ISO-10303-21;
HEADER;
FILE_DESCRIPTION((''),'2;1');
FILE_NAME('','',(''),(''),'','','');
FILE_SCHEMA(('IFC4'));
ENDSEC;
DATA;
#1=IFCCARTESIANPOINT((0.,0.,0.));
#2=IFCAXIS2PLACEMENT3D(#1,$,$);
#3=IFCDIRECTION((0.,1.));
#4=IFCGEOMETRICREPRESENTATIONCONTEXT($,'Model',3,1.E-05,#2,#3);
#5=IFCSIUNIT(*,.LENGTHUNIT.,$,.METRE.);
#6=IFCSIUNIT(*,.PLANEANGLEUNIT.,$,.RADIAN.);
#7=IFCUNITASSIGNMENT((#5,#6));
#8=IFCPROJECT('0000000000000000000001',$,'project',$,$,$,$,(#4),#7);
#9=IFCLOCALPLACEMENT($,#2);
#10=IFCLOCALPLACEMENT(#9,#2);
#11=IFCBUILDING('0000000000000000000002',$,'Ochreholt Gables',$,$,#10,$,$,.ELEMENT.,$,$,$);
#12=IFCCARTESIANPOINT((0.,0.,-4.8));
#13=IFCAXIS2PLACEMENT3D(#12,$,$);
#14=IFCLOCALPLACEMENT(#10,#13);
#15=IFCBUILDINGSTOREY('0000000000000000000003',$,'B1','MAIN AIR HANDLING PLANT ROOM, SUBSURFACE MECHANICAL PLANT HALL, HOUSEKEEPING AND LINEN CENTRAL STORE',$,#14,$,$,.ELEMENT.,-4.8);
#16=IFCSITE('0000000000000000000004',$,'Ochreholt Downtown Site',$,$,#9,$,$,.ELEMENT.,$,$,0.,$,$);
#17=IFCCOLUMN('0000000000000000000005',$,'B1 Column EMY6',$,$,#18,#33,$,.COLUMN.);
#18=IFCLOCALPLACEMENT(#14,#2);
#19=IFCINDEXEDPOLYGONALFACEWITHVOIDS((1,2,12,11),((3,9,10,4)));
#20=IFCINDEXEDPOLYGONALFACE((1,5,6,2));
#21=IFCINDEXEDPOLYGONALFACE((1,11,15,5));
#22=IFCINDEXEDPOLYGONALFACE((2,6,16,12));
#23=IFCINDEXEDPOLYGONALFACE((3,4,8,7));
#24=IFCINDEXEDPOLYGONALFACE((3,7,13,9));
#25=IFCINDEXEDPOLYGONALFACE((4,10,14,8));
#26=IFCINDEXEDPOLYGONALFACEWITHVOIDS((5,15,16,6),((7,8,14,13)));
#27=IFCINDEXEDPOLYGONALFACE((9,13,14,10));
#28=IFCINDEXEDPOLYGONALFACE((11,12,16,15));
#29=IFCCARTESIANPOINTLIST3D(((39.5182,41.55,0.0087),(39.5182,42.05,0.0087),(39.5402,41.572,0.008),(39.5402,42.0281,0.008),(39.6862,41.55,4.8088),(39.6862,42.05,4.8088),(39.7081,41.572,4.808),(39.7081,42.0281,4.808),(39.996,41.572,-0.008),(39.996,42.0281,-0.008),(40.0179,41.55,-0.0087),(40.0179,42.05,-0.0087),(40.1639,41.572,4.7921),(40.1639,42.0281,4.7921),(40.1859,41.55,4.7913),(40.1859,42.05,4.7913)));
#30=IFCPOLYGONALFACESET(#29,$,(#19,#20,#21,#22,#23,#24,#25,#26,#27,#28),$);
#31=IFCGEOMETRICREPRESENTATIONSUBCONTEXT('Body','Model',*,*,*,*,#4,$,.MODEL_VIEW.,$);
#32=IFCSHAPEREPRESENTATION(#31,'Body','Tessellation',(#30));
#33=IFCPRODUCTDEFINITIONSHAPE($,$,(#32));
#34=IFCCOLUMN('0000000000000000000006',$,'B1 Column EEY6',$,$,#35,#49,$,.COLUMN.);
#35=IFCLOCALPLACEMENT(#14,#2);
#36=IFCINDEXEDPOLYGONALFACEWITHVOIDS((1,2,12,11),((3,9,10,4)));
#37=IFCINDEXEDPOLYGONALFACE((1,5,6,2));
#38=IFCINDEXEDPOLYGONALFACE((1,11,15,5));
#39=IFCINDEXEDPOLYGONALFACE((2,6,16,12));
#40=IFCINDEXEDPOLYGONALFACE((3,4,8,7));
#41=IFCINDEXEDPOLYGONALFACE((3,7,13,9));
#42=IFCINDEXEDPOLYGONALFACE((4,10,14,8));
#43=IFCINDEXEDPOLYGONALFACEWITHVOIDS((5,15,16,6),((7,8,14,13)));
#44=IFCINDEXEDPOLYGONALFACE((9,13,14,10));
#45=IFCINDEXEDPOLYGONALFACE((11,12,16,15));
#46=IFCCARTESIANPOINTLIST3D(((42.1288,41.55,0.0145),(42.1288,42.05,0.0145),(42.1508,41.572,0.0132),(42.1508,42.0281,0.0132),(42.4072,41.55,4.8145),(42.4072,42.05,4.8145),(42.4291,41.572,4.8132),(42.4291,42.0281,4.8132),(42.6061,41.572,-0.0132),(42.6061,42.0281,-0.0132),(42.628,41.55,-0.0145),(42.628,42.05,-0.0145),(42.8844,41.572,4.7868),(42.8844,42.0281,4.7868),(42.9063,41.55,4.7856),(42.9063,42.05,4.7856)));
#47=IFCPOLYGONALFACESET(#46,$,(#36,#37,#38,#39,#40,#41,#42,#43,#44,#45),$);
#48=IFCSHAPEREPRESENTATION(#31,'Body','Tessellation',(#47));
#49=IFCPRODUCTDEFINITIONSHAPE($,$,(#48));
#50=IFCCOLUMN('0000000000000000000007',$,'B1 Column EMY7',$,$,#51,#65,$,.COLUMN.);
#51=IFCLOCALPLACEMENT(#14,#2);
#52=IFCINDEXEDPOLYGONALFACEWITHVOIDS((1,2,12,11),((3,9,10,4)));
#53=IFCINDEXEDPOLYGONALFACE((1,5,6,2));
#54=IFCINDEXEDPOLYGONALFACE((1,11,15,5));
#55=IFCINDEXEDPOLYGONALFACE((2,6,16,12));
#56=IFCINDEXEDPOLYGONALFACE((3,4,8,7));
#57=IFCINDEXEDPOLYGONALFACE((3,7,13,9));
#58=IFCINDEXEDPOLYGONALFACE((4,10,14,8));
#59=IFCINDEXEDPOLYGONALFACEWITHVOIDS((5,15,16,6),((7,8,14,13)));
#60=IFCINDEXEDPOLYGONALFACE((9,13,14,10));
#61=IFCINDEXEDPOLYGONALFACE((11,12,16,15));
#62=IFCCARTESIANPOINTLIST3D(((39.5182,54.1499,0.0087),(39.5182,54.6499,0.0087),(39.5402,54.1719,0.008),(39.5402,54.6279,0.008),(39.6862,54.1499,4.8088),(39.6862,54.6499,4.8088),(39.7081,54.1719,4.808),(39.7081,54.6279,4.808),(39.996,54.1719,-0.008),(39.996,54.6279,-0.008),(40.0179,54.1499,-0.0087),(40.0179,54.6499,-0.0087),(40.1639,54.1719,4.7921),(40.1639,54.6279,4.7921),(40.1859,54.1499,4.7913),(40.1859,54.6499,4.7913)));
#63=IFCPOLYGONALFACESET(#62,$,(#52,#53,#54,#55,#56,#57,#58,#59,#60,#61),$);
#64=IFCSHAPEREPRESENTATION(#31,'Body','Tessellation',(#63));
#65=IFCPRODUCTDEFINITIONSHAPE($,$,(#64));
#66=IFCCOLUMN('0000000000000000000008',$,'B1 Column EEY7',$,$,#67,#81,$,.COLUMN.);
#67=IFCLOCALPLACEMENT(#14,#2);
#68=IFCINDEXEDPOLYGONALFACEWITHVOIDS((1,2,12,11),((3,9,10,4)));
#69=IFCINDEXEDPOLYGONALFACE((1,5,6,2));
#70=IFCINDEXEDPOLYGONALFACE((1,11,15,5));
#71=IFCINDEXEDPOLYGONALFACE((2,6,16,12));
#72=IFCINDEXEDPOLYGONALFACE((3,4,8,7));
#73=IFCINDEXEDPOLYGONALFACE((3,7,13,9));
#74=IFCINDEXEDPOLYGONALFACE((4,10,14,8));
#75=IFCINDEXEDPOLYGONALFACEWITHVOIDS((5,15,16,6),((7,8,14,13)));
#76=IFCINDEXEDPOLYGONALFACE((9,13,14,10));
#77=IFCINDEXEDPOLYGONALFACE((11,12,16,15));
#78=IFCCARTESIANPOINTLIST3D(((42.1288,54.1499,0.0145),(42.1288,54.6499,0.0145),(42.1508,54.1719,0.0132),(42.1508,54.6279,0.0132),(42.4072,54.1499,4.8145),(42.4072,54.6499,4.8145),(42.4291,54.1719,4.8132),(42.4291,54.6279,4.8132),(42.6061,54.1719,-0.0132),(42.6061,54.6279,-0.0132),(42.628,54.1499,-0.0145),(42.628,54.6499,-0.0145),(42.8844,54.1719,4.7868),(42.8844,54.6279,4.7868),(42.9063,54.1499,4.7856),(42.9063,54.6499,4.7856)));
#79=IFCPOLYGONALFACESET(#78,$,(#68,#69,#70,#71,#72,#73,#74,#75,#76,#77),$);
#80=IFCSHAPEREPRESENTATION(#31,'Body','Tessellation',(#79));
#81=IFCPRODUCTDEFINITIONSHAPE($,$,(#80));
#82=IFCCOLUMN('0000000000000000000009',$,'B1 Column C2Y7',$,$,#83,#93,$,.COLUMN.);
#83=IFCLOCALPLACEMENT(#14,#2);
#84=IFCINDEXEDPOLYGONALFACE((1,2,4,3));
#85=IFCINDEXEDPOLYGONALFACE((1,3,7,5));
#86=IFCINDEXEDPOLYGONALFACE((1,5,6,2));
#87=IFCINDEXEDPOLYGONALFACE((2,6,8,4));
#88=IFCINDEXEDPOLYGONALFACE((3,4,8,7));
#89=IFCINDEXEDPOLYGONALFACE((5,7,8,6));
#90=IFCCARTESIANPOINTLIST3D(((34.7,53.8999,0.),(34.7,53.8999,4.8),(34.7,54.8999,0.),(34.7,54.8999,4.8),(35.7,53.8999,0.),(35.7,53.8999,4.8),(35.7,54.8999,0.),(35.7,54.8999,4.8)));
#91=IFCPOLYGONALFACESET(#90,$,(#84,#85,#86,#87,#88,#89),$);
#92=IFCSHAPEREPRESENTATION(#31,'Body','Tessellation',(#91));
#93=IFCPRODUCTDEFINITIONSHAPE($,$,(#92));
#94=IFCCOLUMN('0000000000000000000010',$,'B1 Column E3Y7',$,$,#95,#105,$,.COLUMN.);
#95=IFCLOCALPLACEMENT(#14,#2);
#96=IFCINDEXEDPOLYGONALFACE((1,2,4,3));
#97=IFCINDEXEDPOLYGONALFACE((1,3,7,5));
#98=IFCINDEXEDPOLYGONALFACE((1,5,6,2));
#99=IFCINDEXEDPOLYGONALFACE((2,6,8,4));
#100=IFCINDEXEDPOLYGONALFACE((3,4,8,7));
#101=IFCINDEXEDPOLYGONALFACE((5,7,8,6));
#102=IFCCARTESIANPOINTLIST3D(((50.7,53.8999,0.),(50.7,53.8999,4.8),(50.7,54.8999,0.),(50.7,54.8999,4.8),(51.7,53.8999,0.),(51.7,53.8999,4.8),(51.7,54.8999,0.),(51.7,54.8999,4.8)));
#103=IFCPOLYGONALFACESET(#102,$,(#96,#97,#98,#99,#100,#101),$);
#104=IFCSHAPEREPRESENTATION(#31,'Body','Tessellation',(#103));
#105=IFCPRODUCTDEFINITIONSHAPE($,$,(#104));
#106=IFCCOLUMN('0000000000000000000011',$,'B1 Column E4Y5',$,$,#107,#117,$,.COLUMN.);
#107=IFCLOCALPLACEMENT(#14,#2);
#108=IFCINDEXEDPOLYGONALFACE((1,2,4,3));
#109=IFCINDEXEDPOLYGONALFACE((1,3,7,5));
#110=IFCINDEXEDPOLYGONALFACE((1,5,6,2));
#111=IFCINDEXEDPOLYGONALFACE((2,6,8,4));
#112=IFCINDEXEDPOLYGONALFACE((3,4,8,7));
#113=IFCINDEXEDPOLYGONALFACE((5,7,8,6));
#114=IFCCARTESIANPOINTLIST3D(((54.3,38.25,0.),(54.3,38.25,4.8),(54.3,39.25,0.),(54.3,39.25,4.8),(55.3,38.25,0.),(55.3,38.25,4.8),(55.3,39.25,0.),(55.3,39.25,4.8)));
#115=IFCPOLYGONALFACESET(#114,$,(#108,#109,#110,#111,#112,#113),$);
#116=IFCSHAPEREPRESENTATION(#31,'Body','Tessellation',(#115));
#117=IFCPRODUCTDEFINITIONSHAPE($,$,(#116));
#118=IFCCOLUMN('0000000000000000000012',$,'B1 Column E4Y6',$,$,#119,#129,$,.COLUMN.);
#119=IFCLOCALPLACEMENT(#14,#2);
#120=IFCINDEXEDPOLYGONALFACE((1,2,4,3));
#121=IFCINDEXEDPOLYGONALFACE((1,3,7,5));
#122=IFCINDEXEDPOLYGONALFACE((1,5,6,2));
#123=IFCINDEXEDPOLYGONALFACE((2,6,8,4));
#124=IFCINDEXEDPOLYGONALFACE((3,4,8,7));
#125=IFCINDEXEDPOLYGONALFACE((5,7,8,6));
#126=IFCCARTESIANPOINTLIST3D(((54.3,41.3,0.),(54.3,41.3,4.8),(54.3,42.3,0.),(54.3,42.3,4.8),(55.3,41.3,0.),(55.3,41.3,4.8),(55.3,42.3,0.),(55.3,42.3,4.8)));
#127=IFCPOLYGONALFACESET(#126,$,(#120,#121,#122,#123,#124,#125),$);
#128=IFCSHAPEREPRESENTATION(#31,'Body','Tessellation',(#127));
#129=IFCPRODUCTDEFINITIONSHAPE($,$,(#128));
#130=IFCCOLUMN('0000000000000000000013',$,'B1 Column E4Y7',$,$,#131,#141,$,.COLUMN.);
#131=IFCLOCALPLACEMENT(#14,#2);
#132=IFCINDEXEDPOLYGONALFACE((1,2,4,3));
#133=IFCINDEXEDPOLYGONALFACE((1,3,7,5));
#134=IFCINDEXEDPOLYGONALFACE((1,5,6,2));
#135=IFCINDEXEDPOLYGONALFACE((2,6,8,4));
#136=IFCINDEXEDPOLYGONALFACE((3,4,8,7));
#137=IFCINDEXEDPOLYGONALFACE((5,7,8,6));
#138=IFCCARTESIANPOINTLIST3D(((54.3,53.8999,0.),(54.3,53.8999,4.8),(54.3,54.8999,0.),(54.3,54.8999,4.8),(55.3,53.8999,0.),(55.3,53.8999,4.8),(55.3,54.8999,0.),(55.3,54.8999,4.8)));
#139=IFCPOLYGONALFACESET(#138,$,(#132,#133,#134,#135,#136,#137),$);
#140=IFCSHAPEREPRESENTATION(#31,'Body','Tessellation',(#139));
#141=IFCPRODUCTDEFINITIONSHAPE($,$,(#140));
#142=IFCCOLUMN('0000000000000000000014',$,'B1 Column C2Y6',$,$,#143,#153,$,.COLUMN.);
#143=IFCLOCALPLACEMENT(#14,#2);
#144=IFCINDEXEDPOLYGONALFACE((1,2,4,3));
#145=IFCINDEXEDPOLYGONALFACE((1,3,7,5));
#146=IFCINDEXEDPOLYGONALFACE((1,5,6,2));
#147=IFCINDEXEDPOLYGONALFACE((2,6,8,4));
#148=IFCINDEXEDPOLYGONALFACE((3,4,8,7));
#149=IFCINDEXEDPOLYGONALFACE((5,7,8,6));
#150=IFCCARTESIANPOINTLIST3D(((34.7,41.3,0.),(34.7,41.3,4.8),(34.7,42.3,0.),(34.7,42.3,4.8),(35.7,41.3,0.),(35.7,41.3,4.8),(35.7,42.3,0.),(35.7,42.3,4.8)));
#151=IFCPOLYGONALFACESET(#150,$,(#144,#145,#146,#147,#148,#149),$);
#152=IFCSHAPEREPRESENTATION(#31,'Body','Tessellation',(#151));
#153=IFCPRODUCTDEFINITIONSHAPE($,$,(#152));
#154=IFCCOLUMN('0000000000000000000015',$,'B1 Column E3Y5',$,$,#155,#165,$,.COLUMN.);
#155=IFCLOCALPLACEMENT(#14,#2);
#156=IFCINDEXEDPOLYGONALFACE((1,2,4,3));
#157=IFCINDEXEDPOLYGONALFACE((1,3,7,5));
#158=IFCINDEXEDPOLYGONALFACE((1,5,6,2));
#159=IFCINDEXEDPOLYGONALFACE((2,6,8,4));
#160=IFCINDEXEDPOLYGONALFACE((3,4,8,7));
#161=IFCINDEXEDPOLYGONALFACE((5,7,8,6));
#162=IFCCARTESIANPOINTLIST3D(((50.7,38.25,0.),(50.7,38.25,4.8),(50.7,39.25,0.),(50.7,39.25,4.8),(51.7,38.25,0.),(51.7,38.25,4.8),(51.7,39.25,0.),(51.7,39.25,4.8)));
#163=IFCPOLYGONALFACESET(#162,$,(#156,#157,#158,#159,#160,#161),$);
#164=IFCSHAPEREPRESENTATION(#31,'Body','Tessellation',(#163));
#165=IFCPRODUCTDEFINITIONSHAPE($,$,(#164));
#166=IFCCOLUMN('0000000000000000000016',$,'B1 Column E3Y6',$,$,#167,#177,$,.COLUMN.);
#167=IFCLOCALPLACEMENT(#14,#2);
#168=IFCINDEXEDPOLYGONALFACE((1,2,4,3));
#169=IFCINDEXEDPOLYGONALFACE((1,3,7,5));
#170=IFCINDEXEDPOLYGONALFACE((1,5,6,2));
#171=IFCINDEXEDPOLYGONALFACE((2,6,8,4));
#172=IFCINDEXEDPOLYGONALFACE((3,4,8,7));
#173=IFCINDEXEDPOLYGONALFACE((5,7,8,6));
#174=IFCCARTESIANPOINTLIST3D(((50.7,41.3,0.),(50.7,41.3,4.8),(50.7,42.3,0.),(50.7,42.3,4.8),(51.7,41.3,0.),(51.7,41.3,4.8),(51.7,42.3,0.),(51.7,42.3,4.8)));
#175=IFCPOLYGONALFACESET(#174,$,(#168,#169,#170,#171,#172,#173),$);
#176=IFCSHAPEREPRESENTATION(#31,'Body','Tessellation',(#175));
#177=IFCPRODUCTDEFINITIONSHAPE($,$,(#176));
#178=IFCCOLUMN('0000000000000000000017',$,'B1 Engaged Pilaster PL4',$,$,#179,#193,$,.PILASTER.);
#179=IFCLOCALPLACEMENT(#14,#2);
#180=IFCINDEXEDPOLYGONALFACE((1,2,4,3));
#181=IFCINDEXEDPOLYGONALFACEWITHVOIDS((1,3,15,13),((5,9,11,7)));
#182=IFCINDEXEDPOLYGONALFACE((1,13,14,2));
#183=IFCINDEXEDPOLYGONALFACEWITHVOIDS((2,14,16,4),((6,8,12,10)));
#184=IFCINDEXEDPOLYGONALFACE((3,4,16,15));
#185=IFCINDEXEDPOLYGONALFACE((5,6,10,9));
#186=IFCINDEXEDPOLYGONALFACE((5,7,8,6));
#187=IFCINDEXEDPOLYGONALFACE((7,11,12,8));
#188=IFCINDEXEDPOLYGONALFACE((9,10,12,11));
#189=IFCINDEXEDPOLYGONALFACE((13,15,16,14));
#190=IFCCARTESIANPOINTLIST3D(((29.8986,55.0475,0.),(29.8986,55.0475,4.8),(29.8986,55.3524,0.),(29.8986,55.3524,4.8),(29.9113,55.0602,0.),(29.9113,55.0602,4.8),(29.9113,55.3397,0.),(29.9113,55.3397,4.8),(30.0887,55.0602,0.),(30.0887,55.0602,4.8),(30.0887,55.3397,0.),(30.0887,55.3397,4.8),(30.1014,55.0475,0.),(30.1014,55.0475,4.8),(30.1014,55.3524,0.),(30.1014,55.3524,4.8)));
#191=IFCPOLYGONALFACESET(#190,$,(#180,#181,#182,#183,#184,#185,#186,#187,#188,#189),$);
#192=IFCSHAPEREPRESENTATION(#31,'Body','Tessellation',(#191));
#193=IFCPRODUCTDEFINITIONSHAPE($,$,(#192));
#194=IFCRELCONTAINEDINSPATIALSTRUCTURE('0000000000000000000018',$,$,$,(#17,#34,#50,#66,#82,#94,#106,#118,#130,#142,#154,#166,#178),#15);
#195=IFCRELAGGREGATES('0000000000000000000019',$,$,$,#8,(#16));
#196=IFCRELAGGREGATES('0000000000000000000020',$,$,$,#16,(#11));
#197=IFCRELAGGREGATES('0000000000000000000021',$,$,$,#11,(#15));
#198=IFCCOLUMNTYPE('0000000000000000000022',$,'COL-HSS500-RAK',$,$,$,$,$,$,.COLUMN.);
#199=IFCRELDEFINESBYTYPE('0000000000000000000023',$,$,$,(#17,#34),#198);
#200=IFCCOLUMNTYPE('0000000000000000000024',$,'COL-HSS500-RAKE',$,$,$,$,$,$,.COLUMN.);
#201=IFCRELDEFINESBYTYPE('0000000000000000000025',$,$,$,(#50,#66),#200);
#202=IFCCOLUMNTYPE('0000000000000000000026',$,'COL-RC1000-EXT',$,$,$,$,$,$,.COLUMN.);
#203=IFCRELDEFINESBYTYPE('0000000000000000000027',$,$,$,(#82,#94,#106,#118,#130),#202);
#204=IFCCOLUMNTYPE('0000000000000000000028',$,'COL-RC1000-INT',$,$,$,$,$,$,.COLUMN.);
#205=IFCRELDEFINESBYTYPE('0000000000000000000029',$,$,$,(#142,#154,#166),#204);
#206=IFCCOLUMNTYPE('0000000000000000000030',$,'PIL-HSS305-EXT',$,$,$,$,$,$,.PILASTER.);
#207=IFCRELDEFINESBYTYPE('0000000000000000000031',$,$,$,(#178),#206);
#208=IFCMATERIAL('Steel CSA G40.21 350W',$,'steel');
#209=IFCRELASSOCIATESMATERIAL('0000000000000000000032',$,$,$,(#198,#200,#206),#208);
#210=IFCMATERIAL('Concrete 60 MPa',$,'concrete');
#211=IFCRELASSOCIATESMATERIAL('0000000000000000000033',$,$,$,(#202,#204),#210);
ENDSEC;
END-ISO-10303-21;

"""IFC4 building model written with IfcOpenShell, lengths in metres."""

from ifc_helpers import new_model, si_unit, direction, frame, origin, origin_2d, place, context, subcontext, project, spatial, rectangle, hollow_rectangle, extrude, material, material_profile, profile_set, type_object, element, save


model = new_model("IFC4")

# Units and contexts
model_context = context("Model", 3, precision=1e-05, world=origin(), true_north=direction((0.0, 1.0)))
body_context = subcontext(model_context, "Body", "Model", "MODEL_VIEW")
ifc_project = project(units=[si_unit("LENGTHUNIT", "METRE"), si_unit("PLANEANGLEUNIT", "RADIAN")], contexts=[model_context])

# Site, building, storey
site_placement = place(None, origin())
site = spatial("IfcSite", under=ifc_project, at=site_placement, Name="Ochreholt Downtown Site", CompositionType="ELEMENT", RefElevation=0.0)
building_placement = place(site_placement, origin())
building = spatial("IfcBuilding", under=site, at=building_placement, Name="Ochreholt Gables", CompositionType="ELEMENT")
storey_placement = place(building_placement, frame((0.0, 0.0, -4.8)))
storey = spatial("IfcBuildingStorey", under=building, at=storey_placement, Name="B1", Description="MAIN AIR HANDLING PLANT ROOM, SUBSURFACE MECHANICAL PLANT HALL, HOUSEKEEPING AND LINEN CENTRAL STORE", CompositionType="ELEMENT", Elevation=-4.8)

# Columns
ifc_material_1 = material(Name="Steel CSA G40.21 350W", Category="steel")
ifc_material_profile_1 = material_profile(ifc_material_1, hollow_rectangle(XDim=0.5, YDim=0.5, WallThickness=0.022, at=origin_2d()), Name="HSS500X500X22")
ifc_profile_set_1 = profile_set([ifc_material_profile_1], Name="Steel CSA G40.21 350W")
column_type_1 = type_object("IfcColumnType", Name="COL-HSS500-RAK", PredefinedType="COLUMN", material=ifc_profile_set_1)
column_1_placement = place(storey_placement, frame((39.7681, 41.8, 0.0), z_axis=(0.034972, 0.0, 0.999388), x_axis=(0.0, 1.0, 0.0)))
element("IfcColumn", 1, at=column_1_placement, inside=storey, type_object=column_type_1, Name="B1 Column EMY6", PredefinedType="COLUMN", context=body_context, shape_type="SweptSolid", body=[
    extrude(hollow_rectangle(XDim=0.5, YDim=0.5, WallThickness=0.022, at=origin_2d()), origin(), (0.0, 0.0, 1.0), 4.803),
])
column_2_placement = place(storey_placement, frame((42.3784, 41.8, 0.0), z_axis=(0.057886, 0.0, 0.998323), x_axis=(0.0, 1.0, 0.0)))
element("IfcColumn", 2, at=column_2_placement, inside=storey, type_object=column_type_1, Name="B1 Column EEY6", PredefinedType="COLUMN", context=body_context, shape_type="SweptSolid", body=[
    extrude(hollow_rectangle(XDim=0.5, YDim=0.5, WallThickness=0.022, at=origin_2d()), origin(), (0.0, 0.0, 1.0), 4.8081),
])
ifc_material_profile_2 = material_profile(ifc_material_1, hollow_rectangle(XDim=0.5, YDim=0.5, WallThickness=0.022, at=origin_2d()), Name="HSS500X500X22")
ifc_profile_set_2 = profile_set([ifc_material_profile_2], Name="Steel CSA G40.21 350W")
column_type_2 = type_object("IfcColumnType", Name="COL-HSS500-RAKE", PredefinedType="COLUMN", material=ifc_profile_set_2)
column_3_placement = place(storey_placement, frame((39.7681, 54.3999, 0.0), z_axis=(0.034972, 0.0, 0.999388), x_axis=(0.0, 1.0, 0.0)))
element("IfcColumn", 3, at=column_3_placement, inside=storey, type_object=column_type_2, Name="B1 Column EMY7", PredefinedType="COLUMN", context=body_context, shape_type="SweptSolid", body=[
    extrude(hollow_rectangle(XDim=0.5, YDim=0.5, WallThickness=0.022, at=origin_2d()), origin(), (0.0, 0.0, 1.0), 4.803),
])
column_4_placement = place(storey_placement, frame((42.3784, 54.3999, 0.0), z_axis=(0.057886, 0.0, 0.998323), x_axis=(0.0, 1.0, 0.0)))
element("IfcColumn", 4, at=column_4_placement, inside=storey, type_object=column_type_2, Name="B1 Column EEY7", PredefinedType="COLUMN", context=body_context, shape_type="SweptSolid", body=[
    extrude(hollow_rectangle(XDim=0.5, YDim=0.5, WallThickness=0.022, at=origin_2d()), origin(), (0.0, 0.0, 1.0), 4.8081),
])
ifc_material_2 = material(Name="Concrete 60 MPa", Category="concrete")
ifc_material_profile_3 = material_profile(ifc_material_2, rectangle(XDim=1.0, YDim=1.0, at=origin_2d()), Name="RC1000X1000")
ifc_profile_set_3 = profile_set([ifc_material_profile_3], Name="Concrete 60 MPa")
column_type_3 = type_object("IfcColumnType", Name="COL-RC1000-EXT", PredefinedType="COLUMN", material=ifc_profile_set_3)
for number, where, z_axis, x_axis, name in (
    (5, (35.2, 54.3999, 0.0), (0.0, 0.0, 1.0), (1.0, 0.0, 0.0), "B1 Column C2Y7"),
    (6, (51.2, 54.3999, 0.0), (0.0, 0.0, 1.0), (1.0, 0.0, 0.0), "B1 Column E3Y7"),
    (7, (54.8, 38.75, 0.0), (0.0, 0.0, 1.0), (1.0, 0.0, 0.0), "B1 Column E4Y5"),
    (8, (54.8, 41.8, 0.0), (0.0, 0.0, 1.0), (1.0, 0.0, 0.0), "B1 Column E4Y6"),
    (9, (54.8, 54.3999, 0.0), (0.0, 0.0, 1.0), (1.0, 0.0, 0.0), "B1 Column E4Y7"),
):
    element("IfcColumn", number, at=place(storey_placement, frame(where, z_axis=z_axis, x_axis=x_axis)), inside=storey, type_object=column_type_3, Name=name, PredefinedType="COLUMN", context=body_context, shape_type="SweptSolid", body=[
        extrude(rectangle(XDim=1.0, YDim=1.0, at=origin_2d()), origin(), (0.0, 0.0, 1.0), 4.8),
    ])
ifc_material_profile_4 = material_profile(ifc_material_2, rectangle(XDim=1.0, YDim=1.0, at=origin_2d()), Name="RC1000X1000")
ifc_profile_set_4 = profile_set([ifc_material_profile_4], Name="Concrete 60 MPa")
column_type_4 = type_object("IfcColumnType", Name="COL-RC1000-INT", PredefinedType="COLUMN", material=ifc_profile_set_4)
for number, where, z_axis, x_axis, name in (
    (10, (35.2, 41.8, 0.0), (0.0, 0.0, 1.0), (1.0, 0.0, 0.0), "B1 Column C2Y6"),
    (11, (51.2, 38.75, 0.0), (0.0, 0.0, 1.0), (1.0, 0.0, 0.0), "B1 Column E3Y5"),
    (12, (51.2, 41.8, 0.0), (0.0, 0.0, 1.0), (1.0, 0.0, 0.0), "B1 Column E3Y6"),
):
    element("IfcColumn", number, at=place(storey_placement, frame(where, z_axis=z_axis, x_axis=x_axis)), inside=storey, type_object=column_type_4, Name=name, PredefinedType="COLUMN", context=body_context, shape_type="SweptSolid", body=[
        extrude(rectangle(XDim=1.0, YDim=1.0, at=origin_2d()), origin(), (0.0, 0.0, 1.0), 4.8),
    ])
ifc_material_profile_5 = material_profile(ifc_material_1, hollow_rectangle(XDim=0.2029, YDim=0.3049, WallThickness=0.0127, at=origin_2d()), Name="HSS305X203X13")
ifc_profile_set_5 = profile_set([ifc_material_profile_5], Name="Steel CSA G40.21 350W")
column_type_5 = type_object("IfcColumnType", Name="PIL-HSS305-EXT", PredefinedType="PILASTER", material=ifc_profile_set_5)
column_5_placement = place(storey_placement, frame((30.0, 55.2, 0.0), z_axis=(0.0, 0.0, 1.0), x_axis=(1.0, 0.0, 0.0)))
element("IfcColumn", 13, at=column_5_placement, inside=storey, type_object=column_type_5, Name="B1 Engaged Pilaster PL4", PredefinedType="PILASTER", context=body_context, shape_type="SweptSolid", body=[
    extrude(hollow_rectangle(XDim=0.2029, YDim=0.3049, WallThickness=0.0127, at=origin_2d()), origin(), (0.0, 0.0, 1.0), 4.8),
])

save(model, "model.ifc")
